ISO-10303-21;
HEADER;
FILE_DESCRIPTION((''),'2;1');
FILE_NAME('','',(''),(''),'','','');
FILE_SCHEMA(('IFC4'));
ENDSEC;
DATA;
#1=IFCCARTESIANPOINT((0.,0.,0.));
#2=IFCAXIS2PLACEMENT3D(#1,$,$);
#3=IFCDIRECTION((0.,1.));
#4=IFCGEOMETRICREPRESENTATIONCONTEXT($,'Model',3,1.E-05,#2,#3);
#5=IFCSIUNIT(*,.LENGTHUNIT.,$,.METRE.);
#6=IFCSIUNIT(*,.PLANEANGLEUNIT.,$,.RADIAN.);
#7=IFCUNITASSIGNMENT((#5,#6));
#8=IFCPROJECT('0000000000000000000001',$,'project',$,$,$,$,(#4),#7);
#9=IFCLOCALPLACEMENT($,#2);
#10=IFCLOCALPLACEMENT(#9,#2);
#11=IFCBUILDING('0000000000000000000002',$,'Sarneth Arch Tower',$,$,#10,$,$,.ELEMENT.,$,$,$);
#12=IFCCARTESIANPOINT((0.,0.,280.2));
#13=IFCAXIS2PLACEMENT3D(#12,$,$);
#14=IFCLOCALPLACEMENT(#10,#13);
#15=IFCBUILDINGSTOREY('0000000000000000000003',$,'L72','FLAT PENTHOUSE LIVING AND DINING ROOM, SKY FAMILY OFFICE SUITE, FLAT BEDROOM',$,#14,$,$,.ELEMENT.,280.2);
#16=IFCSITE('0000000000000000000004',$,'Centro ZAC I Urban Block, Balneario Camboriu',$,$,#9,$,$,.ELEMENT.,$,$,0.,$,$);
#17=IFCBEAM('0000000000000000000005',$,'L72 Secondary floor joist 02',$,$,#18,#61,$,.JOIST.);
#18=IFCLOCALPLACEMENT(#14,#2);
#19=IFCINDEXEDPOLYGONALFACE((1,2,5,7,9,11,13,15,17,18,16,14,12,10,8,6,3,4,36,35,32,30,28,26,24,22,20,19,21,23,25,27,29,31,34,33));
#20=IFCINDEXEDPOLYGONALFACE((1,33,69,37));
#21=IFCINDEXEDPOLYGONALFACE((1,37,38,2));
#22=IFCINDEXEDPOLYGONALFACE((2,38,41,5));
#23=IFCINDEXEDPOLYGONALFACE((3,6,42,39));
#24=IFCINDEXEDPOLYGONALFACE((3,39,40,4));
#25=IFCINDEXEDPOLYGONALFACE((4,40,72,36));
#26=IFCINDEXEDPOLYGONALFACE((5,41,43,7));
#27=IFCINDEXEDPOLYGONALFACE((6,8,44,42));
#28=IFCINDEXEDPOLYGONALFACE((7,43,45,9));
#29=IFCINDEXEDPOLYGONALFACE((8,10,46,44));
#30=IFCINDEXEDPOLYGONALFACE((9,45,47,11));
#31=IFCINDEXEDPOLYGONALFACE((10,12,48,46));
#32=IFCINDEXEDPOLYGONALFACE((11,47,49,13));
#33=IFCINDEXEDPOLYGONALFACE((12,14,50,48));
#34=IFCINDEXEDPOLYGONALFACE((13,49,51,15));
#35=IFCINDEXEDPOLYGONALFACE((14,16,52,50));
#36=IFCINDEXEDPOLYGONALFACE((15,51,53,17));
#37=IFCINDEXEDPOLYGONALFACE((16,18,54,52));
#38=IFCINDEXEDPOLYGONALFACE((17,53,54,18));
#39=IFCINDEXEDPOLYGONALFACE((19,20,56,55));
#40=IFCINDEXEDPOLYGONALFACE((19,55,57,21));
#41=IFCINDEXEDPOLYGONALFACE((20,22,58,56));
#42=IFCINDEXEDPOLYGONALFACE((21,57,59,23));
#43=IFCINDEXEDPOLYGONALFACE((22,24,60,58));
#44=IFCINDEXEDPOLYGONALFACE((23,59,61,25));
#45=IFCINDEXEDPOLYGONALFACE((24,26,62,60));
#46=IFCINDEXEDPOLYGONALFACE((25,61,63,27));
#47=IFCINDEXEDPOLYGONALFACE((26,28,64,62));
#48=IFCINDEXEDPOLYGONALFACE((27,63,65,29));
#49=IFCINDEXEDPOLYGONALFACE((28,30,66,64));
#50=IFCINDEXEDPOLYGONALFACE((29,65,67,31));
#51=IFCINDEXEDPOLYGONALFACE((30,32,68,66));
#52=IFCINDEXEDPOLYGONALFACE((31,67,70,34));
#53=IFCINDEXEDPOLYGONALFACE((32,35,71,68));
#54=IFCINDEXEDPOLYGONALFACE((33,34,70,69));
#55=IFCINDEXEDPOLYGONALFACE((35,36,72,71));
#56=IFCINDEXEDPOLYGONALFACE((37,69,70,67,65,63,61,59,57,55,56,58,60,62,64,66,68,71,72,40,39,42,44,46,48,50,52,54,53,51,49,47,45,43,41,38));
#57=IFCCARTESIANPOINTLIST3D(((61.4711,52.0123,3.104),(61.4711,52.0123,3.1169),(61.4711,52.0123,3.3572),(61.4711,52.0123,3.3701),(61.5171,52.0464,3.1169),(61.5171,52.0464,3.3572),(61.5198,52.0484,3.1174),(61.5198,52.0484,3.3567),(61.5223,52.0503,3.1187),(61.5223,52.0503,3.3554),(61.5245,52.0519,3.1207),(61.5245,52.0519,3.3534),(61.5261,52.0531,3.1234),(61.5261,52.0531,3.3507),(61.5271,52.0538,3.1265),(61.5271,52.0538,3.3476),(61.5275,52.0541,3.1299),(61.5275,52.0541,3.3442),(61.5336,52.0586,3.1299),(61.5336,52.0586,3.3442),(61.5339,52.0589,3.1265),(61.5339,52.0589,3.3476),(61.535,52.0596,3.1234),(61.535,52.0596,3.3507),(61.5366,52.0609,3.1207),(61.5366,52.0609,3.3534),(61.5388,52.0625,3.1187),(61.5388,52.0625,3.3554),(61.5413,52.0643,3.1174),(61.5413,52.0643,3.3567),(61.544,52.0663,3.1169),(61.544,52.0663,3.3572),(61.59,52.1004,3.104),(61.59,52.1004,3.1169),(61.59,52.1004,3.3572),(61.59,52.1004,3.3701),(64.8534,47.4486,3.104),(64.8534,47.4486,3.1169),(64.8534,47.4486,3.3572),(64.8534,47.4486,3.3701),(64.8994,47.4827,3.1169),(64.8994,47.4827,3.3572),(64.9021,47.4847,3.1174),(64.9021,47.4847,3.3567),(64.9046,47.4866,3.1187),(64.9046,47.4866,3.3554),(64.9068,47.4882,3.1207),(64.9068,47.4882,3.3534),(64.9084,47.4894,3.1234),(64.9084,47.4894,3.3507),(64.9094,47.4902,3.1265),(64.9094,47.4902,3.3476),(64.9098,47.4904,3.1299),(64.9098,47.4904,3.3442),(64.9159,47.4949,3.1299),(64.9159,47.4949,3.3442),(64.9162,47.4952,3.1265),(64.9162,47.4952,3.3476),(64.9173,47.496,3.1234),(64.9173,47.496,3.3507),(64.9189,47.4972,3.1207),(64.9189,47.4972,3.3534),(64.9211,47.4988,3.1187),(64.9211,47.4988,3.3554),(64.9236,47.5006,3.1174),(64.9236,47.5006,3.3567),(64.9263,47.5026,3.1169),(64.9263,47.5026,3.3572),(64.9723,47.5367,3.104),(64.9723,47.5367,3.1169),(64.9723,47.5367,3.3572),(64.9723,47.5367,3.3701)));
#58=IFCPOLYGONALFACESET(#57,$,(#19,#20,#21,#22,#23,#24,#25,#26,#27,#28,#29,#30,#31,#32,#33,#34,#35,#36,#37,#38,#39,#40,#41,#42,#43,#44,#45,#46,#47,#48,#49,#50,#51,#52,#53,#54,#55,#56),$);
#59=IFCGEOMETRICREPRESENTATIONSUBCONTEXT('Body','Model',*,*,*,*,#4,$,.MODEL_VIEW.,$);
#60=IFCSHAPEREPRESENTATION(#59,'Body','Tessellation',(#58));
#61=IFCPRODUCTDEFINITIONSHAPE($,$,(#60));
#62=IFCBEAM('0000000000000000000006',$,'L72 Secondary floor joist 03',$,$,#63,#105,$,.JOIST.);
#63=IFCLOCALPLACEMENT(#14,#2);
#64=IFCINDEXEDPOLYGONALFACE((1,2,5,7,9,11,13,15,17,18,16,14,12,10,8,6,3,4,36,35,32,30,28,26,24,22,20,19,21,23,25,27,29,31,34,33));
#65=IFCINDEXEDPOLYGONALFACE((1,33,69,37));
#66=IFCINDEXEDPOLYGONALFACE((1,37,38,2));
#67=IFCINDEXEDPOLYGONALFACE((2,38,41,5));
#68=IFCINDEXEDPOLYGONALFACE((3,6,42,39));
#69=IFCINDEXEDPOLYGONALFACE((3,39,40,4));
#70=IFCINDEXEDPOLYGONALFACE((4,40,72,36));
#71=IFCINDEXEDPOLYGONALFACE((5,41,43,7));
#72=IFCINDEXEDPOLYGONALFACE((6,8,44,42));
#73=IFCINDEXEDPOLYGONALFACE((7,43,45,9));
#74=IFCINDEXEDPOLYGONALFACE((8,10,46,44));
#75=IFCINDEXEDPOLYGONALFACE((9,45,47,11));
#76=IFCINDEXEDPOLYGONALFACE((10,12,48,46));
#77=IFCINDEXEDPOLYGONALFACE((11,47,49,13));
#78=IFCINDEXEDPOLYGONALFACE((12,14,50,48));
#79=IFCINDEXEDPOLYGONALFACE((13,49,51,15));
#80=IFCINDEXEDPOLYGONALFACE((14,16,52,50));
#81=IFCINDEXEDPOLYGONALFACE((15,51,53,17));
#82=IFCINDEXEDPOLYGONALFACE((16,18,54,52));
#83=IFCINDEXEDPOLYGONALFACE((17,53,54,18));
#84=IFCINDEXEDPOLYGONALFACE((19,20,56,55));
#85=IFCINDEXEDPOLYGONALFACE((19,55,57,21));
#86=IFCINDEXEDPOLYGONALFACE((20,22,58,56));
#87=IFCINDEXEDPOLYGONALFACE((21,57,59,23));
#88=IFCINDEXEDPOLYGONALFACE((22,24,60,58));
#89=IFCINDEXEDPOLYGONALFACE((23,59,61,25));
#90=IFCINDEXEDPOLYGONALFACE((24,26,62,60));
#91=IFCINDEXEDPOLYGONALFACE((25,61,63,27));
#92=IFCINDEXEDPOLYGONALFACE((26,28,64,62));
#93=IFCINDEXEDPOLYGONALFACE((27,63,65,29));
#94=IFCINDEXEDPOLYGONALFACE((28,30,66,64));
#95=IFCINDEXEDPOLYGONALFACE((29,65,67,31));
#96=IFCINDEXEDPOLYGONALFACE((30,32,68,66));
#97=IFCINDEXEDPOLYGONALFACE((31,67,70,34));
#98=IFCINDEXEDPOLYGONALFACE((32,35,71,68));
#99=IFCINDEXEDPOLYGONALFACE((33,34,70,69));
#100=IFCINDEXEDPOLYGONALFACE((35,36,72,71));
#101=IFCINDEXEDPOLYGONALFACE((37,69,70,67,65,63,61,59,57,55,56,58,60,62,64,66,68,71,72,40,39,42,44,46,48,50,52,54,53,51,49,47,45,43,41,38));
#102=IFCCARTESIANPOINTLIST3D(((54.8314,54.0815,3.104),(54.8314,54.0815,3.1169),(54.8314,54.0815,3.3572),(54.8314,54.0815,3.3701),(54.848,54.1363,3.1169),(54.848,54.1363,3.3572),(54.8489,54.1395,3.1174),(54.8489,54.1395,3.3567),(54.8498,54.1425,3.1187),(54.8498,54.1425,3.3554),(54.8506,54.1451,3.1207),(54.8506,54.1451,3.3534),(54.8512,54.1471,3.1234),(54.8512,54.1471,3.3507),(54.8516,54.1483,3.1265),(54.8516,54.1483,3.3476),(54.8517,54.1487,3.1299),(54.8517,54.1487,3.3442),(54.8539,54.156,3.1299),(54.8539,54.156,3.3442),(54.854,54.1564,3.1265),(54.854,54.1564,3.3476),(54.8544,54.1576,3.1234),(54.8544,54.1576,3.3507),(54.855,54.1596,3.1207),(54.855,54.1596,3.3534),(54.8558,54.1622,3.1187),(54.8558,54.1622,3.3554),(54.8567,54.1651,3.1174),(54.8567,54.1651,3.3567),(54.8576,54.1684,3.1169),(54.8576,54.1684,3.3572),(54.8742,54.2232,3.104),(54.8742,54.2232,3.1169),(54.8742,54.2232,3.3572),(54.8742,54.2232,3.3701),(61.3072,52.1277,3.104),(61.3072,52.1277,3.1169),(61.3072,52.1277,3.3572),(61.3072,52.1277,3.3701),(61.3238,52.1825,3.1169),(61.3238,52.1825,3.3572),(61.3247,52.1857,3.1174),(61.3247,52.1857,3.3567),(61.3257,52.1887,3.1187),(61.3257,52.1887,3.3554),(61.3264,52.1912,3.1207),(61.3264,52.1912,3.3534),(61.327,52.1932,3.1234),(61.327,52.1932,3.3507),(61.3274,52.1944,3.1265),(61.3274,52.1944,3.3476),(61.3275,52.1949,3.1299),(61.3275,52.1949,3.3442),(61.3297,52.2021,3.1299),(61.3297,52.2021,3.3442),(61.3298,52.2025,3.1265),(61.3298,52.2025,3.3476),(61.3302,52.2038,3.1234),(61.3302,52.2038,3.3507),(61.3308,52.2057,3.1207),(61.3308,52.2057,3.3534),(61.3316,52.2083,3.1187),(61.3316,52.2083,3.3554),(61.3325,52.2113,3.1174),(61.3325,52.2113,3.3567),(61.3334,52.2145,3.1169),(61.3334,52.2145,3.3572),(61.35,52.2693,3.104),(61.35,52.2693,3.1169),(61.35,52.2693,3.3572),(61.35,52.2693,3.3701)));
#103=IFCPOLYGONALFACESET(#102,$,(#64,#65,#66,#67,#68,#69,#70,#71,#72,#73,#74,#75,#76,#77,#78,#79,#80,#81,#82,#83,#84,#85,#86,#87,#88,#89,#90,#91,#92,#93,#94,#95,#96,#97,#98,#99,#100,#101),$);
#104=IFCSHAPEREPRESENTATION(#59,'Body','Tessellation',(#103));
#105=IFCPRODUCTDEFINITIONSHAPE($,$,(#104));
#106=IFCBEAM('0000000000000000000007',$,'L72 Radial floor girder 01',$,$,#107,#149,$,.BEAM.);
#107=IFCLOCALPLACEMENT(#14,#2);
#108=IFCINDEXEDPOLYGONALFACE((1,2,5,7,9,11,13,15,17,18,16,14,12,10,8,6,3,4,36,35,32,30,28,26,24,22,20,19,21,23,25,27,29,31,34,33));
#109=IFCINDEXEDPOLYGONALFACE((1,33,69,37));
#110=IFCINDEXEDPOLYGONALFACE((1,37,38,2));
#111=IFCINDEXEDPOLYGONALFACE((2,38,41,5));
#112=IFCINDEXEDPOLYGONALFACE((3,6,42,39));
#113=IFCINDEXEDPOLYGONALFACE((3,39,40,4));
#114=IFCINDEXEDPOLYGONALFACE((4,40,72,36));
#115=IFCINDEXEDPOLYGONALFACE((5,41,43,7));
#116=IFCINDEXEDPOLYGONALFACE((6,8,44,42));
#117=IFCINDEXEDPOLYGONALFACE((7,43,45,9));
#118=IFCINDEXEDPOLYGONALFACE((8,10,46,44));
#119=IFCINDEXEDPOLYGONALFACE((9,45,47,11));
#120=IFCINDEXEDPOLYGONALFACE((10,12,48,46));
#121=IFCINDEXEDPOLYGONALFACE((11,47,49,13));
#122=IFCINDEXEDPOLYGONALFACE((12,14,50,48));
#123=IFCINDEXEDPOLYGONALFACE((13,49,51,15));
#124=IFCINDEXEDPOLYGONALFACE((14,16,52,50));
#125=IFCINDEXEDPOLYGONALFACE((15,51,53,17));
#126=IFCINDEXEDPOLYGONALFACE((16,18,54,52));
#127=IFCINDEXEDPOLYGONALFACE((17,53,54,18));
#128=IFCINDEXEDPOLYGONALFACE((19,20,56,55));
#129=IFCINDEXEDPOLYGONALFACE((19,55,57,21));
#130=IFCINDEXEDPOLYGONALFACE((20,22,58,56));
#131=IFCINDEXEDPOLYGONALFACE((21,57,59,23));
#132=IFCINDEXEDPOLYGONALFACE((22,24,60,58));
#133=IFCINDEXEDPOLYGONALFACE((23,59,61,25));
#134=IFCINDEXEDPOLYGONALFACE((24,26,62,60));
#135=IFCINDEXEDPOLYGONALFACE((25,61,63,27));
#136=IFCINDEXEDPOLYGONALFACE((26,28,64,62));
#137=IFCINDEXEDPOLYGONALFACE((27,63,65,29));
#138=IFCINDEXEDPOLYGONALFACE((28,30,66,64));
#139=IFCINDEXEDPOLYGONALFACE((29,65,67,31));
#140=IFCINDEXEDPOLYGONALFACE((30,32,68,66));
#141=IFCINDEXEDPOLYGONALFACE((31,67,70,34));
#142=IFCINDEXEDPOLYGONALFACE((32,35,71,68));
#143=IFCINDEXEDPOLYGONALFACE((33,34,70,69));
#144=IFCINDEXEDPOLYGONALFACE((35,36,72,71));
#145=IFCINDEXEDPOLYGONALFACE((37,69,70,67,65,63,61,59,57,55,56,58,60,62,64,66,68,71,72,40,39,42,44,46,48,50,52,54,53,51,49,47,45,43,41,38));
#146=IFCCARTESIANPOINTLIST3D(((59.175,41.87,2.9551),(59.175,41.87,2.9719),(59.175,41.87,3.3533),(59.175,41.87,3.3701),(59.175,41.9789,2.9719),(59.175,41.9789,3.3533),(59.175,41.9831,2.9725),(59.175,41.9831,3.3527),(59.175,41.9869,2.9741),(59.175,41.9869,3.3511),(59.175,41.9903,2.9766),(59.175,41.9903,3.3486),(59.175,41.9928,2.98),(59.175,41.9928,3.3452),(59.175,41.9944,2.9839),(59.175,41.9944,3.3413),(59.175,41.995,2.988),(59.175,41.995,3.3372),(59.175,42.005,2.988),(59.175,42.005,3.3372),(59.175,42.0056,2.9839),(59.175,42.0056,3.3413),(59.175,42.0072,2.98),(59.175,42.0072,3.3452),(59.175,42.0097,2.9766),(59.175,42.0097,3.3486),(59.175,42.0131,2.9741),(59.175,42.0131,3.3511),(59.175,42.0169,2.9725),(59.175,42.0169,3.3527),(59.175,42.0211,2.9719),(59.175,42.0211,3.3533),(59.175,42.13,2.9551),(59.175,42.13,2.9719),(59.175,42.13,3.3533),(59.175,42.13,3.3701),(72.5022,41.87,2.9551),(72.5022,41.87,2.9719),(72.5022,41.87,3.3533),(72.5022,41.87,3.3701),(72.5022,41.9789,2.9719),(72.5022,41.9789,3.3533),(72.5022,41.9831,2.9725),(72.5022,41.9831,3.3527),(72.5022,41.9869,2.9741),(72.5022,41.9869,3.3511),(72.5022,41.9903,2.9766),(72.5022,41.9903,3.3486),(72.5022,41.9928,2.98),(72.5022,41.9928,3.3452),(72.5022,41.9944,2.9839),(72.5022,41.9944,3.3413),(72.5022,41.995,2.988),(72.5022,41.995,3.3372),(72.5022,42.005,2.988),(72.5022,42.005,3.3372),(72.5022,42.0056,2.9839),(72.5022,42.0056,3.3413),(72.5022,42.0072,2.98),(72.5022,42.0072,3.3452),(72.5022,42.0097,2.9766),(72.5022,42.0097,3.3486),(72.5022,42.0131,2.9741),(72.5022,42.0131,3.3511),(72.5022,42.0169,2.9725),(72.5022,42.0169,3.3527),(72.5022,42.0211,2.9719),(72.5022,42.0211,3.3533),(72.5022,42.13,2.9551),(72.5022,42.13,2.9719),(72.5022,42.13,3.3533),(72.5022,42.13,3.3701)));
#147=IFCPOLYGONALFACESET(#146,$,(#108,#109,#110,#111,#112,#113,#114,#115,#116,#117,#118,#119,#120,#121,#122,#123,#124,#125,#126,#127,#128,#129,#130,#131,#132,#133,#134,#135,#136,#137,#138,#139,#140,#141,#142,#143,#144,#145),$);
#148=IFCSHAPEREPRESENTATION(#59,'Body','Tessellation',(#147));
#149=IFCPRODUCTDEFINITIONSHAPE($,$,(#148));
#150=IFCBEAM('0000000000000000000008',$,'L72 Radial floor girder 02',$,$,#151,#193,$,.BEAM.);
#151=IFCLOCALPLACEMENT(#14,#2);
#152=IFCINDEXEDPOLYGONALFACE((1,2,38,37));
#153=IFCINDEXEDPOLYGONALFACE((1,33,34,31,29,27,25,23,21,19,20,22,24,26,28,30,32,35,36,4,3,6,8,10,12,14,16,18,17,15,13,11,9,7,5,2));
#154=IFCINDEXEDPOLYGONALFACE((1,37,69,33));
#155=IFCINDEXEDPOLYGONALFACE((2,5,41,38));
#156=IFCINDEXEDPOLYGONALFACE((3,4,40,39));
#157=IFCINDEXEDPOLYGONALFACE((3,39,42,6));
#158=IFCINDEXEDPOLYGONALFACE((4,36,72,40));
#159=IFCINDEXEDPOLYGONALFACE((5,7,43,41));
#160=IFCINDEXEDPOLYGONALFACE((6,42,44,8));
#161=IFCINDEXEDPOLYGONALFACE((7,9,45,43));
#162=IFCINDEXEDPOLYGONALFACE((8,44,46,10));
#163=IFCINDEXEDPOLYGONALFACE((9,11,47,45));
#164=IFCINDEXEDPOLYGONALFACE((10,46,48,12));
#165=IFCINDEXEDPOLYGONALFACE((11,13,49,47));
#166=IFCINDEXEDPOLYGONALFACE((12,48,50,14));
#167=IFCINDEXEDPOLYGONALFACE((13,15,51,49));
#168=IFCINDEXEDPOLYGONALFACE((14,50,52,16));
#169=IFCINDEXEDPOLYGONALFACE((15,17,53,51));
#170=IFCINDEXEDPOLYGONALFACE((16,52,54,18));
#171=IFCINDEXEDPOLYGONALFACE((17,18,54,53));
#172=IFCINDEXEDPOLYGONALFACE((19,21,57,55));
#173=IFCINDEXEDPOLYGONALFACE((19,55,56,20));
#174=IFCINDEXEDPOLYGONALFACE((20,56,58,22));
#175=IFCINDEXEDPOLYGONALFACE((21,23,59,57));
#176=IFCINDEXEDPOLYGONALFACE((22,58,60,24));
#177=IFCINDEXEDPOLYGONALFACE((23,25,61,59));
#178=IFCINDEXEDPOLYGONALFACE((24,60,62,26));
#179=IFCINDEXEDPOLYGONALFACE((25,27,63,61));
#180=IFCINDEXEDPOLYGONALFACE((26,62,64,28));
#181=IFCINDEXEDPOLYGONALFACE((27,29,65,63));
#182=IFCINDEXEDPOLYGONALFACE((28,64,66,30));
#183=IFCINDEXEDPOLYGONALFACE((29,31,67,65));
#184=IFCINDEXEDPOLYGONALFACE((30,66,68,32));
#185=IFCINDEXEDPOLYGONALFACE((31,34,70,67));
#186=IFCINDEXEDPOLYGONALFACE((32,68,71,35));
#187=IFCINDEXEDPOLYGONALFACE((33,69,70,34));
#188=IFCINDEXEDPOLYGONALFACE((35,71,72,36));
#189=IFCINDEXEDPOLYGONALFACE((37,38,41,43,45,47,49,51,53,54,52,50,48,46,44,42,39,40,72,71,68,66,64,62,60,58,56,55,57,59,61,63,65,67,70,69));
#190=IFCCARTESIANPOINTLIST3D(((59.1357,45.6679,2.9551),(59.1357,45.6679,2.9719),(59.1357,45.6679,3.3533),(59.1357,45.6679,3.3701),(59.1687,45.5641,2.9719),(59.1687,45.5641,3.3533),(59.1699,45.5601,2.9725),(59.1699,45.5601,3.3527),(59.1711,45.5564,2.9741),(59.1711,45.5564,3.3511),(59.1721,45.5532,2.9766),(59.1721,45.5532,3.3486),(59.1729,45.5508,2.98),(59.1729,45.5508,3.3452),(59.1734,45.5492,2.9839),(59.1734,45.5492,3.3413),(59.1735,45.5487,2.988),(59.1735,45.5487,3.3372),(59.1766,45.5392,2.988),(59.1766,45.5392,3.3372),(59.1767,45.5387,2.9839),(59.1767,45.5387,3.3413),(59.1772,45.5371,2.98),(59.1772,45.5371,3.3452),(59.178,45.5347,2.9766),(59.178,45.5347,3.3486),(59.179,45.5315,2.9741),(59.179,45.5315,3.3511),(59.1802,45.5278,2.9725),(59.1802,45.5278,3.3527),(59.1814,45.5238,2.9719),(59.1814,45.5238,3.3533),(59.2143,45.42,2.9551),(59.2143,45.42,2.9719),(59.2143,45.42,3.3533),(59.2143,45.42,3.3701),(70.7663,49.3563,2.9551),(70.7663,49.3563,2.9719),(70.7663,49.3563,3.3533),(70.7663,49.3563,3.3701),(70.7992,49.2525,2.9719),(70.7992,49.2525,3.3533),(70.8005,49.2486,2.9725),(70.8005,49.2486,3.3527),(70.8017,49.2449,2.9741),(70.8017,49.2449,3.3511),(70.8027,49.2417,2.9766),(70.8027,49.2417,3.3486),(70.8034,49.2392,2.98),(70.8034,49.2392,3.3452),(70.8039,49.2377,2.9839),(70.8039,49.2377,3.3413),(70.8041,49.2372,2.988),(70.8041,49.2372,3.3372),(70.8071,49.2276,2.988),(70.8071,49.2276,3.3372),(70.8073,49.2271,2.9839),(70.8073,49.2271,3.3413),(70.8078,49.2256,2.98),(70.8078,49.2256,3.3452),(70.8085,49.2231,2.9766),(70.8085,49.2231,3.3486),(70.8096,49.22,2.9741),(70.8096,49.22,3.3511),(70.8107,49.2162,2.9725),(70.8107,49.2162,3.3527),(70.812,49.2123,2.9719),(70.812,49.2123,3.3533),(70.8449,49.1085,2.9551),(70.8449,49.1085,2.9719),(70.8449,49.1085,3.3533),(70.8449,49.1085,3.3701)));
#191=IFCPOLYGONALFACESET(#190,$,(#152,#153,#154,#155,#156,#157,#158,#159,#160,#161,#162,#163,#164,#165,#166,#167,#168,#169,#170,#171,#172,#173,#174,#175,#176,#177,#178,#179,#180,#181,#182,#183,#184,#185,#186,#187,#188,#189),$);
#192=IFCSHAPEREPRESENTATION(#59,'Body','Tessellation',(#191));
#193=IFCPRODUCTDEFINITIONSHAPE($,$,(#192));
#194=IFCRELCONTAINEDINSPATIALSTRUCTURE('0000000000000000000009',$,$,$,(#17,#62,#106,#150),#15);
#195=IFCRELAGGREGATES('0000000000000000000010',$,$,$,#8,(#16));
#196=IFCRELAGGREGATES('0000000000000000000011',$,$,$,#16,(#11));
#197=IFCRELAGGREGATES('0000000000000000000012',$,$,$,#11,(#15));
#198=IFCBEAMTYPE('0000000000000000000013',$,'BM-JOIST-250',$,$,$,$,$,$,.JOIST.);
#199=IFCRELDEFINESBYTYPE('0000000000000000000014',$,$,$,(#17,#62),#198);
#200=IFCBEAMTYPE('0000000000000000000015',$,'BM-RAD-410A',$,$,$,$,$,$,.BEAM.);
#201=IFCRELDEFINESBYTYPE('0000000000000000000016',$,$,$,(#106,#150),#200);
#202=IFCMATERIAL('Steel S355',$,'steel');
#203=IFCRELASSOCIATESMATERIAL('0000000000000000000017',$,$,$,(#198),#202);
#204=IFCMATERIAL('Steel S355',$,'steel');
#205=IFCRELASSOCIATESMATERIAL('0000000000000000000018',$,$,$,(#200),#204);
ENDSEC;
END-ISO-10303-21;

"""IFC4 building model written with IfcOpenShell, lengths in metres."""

from ifc_helpers import new_model, si_unit, direction, frame, origin, origin_2d, place, context, subcontext, project, spatial, i_section, extrude, material, material_profile, profile_set, type_object, element, save


model = new_model("IFC4")

# Units and contexts
model_context = context("Model", 3, precision=1e-05, world=origin(), true_north=direction((0.0, 1.0)))
body_context = subcontext(model_context, "Body", "Model", "MODEL_VIEW")
ifc_project = project(units=[si_unit("LENGTHUNIT", "METRE"), si_unit("PLANEANGLEUNIT", "RADIAN")], contexts=[model_context])

# Site, building, storey
site_placement = place(None, origin())
site = spatial("IfcSite", under=ifc_project, at=site_placement, Name="Centro ZAC I Urban Block, Balneario Camboriu", CompositionType="ELEMENT", RefElevation=0.0)
building_placement = place(site_placement, origin())
building = spatial("IfcBuilding", under=site, at=building_placement, Name="Sarneth Arch Tower", CompositionType="ELEMENT")
storey_placement = place(building_placement, frame((0.0, 0.0, 280.2)))
storey = spatial("IfcBuildingStorey", under=building, at=storey_placement, Name="L72", Description="FLAT PENTHOUSE LIVING AND DINING ROOM, SKY FAMILY OFFICE SUITE, FLAT BEDROOM", CompositionType="ELEMENT", Elevation=280.2)

# Beams
ifc_material_1 = material(Name="Steel S355", Category="steel")
ifc_material_profile_1 = material_profile(ifc_material_1, i_section(OverallWidth=0.1479, OverallDepth=0.2661, WebThickness=0.0076, FlangeThickness=0.0129, FilletRadius=0.0129, at=origin_2d()), Name="W250x44.8")
ifc_profile_set_1 = profile_set([ifc_material_profile_1], Name="Steel S355")
beam_type_1 = type_object("IfcBeamType", Name="BM-JOIST-250", PredefinedType="JOIST", material=ifc_profile_set_1)
beam_1_placement = place(storey_placement, frame((64.9128, 47.4927, 3.2371), z_axis=(-0.595431, 0.803406, 0.0), x_axis=(-0.803406, -0.595431, 0.0)))
element("IfcBeam", 1, at=beam_1_placement, inside=storey, type_object=beam_type_1, Name="L72 Secondary floor joist 02", PredefinedType="JOIST", context=body_context, shape_type="SweptSolid", body=[
    extrude(i_section(OverallWidth=0.1479, OverallDepth=0.2661, WebThickness=0.0076, FlangeThickness=0.0129, FilletRadius=0.0129, at=origin_2d()), origin(), (0.0, 0.0, 1.0), 5.6804),
])
beam_2_placement = place(storey_placement, frame((61.3286, 52.1985, 3.2371), z_axis=(-0.957373, 0.288854, 0.0), x_axis=(-0.288854, -0.957373, 0.0)))
element("IfcBeam", 2, at=beam_2_placement, inside=storey, type_object=beam_type_1, Name="L72 Secondary floor joist 03", PredefinedType="JOIST", context=body_context, shape_type="SweptSolid", body=[
    extrude(i_section(OverallWidth=0.1479, OverallDepth=0.2661, WebThickness=0.0076, FlangeThickness=0.0129, FilletRadius=0.0129, at=origin_2d()), origin(), (0.0, 0.0, 1.0), 6.7642),
])
ifc_material_2 = material(Name="Steel S355", Category="steel")
ifc_material_profile_2 = material_profile(ifc_material_2, i_section(OverallWidth=0.26, OverallDepth=0.415, WebThickness=0.01, FlangeThickness=0.0168, FilletRadius=0.0161, at=origin_2d()), Name="W410x100")
ifc_profile_set_2 = profile_set([ifc_material_profile_2], Name="Steel S355")
beam_type_2 = type_object("IfcBeamType", Name="BM-RAD-410A", PredefinedType="BEAM", material=ifc_profile_set_2)
beam_3_placement = place(storey_placement, frame((59.175, 42.0, 3.1626), z_axis=(1.0, 0.0, 0.0), x_axis=(0.0, 1.0, 0.0)))
element("IfcBeam", 3, at=beam_3_placement, inside=storey, type_object=beam_type_2, Name="L72 Radial floor girder 01", PredefinedType="BEAM", context=body_context, shape_type="SweptSolid", body=[
    extrude(i_section(OverallWidth=0.26, OverallDepth=0.415, WebThickness=0.01, FlangeThickness=0.0168, FilletRadius=0.0161, at=origin_2d()), origin(), (0.0, 0.0, 1.0), 13.3271),
])
beam_4_placement = place(storey_placement, frame((59.175, 45.5439, 3.1626), z_axis=(0.953214, 0.302298, 0.0), x_axis=(-0.302298, 0.953214, 0.0)))
element("IfcBeam", 4, at=beam_4_placement, inside=storey, type_object=beam_type_2, Name="L72 Radial floor girder 02", PredefinedType="BEAM", context=body_context, shape_type="SweptSolid", body=[
    extrude(i_section(OverallWidth=0.26, OverallDepth=0.415, WebThickness=0.01, FlangeThickness=0.0168, FilletRadius=0.0161, at=origin_2d()), origin(), (0.0, 0.0, 1.0), 12.2014),
])

save(model, "model.ifc")
